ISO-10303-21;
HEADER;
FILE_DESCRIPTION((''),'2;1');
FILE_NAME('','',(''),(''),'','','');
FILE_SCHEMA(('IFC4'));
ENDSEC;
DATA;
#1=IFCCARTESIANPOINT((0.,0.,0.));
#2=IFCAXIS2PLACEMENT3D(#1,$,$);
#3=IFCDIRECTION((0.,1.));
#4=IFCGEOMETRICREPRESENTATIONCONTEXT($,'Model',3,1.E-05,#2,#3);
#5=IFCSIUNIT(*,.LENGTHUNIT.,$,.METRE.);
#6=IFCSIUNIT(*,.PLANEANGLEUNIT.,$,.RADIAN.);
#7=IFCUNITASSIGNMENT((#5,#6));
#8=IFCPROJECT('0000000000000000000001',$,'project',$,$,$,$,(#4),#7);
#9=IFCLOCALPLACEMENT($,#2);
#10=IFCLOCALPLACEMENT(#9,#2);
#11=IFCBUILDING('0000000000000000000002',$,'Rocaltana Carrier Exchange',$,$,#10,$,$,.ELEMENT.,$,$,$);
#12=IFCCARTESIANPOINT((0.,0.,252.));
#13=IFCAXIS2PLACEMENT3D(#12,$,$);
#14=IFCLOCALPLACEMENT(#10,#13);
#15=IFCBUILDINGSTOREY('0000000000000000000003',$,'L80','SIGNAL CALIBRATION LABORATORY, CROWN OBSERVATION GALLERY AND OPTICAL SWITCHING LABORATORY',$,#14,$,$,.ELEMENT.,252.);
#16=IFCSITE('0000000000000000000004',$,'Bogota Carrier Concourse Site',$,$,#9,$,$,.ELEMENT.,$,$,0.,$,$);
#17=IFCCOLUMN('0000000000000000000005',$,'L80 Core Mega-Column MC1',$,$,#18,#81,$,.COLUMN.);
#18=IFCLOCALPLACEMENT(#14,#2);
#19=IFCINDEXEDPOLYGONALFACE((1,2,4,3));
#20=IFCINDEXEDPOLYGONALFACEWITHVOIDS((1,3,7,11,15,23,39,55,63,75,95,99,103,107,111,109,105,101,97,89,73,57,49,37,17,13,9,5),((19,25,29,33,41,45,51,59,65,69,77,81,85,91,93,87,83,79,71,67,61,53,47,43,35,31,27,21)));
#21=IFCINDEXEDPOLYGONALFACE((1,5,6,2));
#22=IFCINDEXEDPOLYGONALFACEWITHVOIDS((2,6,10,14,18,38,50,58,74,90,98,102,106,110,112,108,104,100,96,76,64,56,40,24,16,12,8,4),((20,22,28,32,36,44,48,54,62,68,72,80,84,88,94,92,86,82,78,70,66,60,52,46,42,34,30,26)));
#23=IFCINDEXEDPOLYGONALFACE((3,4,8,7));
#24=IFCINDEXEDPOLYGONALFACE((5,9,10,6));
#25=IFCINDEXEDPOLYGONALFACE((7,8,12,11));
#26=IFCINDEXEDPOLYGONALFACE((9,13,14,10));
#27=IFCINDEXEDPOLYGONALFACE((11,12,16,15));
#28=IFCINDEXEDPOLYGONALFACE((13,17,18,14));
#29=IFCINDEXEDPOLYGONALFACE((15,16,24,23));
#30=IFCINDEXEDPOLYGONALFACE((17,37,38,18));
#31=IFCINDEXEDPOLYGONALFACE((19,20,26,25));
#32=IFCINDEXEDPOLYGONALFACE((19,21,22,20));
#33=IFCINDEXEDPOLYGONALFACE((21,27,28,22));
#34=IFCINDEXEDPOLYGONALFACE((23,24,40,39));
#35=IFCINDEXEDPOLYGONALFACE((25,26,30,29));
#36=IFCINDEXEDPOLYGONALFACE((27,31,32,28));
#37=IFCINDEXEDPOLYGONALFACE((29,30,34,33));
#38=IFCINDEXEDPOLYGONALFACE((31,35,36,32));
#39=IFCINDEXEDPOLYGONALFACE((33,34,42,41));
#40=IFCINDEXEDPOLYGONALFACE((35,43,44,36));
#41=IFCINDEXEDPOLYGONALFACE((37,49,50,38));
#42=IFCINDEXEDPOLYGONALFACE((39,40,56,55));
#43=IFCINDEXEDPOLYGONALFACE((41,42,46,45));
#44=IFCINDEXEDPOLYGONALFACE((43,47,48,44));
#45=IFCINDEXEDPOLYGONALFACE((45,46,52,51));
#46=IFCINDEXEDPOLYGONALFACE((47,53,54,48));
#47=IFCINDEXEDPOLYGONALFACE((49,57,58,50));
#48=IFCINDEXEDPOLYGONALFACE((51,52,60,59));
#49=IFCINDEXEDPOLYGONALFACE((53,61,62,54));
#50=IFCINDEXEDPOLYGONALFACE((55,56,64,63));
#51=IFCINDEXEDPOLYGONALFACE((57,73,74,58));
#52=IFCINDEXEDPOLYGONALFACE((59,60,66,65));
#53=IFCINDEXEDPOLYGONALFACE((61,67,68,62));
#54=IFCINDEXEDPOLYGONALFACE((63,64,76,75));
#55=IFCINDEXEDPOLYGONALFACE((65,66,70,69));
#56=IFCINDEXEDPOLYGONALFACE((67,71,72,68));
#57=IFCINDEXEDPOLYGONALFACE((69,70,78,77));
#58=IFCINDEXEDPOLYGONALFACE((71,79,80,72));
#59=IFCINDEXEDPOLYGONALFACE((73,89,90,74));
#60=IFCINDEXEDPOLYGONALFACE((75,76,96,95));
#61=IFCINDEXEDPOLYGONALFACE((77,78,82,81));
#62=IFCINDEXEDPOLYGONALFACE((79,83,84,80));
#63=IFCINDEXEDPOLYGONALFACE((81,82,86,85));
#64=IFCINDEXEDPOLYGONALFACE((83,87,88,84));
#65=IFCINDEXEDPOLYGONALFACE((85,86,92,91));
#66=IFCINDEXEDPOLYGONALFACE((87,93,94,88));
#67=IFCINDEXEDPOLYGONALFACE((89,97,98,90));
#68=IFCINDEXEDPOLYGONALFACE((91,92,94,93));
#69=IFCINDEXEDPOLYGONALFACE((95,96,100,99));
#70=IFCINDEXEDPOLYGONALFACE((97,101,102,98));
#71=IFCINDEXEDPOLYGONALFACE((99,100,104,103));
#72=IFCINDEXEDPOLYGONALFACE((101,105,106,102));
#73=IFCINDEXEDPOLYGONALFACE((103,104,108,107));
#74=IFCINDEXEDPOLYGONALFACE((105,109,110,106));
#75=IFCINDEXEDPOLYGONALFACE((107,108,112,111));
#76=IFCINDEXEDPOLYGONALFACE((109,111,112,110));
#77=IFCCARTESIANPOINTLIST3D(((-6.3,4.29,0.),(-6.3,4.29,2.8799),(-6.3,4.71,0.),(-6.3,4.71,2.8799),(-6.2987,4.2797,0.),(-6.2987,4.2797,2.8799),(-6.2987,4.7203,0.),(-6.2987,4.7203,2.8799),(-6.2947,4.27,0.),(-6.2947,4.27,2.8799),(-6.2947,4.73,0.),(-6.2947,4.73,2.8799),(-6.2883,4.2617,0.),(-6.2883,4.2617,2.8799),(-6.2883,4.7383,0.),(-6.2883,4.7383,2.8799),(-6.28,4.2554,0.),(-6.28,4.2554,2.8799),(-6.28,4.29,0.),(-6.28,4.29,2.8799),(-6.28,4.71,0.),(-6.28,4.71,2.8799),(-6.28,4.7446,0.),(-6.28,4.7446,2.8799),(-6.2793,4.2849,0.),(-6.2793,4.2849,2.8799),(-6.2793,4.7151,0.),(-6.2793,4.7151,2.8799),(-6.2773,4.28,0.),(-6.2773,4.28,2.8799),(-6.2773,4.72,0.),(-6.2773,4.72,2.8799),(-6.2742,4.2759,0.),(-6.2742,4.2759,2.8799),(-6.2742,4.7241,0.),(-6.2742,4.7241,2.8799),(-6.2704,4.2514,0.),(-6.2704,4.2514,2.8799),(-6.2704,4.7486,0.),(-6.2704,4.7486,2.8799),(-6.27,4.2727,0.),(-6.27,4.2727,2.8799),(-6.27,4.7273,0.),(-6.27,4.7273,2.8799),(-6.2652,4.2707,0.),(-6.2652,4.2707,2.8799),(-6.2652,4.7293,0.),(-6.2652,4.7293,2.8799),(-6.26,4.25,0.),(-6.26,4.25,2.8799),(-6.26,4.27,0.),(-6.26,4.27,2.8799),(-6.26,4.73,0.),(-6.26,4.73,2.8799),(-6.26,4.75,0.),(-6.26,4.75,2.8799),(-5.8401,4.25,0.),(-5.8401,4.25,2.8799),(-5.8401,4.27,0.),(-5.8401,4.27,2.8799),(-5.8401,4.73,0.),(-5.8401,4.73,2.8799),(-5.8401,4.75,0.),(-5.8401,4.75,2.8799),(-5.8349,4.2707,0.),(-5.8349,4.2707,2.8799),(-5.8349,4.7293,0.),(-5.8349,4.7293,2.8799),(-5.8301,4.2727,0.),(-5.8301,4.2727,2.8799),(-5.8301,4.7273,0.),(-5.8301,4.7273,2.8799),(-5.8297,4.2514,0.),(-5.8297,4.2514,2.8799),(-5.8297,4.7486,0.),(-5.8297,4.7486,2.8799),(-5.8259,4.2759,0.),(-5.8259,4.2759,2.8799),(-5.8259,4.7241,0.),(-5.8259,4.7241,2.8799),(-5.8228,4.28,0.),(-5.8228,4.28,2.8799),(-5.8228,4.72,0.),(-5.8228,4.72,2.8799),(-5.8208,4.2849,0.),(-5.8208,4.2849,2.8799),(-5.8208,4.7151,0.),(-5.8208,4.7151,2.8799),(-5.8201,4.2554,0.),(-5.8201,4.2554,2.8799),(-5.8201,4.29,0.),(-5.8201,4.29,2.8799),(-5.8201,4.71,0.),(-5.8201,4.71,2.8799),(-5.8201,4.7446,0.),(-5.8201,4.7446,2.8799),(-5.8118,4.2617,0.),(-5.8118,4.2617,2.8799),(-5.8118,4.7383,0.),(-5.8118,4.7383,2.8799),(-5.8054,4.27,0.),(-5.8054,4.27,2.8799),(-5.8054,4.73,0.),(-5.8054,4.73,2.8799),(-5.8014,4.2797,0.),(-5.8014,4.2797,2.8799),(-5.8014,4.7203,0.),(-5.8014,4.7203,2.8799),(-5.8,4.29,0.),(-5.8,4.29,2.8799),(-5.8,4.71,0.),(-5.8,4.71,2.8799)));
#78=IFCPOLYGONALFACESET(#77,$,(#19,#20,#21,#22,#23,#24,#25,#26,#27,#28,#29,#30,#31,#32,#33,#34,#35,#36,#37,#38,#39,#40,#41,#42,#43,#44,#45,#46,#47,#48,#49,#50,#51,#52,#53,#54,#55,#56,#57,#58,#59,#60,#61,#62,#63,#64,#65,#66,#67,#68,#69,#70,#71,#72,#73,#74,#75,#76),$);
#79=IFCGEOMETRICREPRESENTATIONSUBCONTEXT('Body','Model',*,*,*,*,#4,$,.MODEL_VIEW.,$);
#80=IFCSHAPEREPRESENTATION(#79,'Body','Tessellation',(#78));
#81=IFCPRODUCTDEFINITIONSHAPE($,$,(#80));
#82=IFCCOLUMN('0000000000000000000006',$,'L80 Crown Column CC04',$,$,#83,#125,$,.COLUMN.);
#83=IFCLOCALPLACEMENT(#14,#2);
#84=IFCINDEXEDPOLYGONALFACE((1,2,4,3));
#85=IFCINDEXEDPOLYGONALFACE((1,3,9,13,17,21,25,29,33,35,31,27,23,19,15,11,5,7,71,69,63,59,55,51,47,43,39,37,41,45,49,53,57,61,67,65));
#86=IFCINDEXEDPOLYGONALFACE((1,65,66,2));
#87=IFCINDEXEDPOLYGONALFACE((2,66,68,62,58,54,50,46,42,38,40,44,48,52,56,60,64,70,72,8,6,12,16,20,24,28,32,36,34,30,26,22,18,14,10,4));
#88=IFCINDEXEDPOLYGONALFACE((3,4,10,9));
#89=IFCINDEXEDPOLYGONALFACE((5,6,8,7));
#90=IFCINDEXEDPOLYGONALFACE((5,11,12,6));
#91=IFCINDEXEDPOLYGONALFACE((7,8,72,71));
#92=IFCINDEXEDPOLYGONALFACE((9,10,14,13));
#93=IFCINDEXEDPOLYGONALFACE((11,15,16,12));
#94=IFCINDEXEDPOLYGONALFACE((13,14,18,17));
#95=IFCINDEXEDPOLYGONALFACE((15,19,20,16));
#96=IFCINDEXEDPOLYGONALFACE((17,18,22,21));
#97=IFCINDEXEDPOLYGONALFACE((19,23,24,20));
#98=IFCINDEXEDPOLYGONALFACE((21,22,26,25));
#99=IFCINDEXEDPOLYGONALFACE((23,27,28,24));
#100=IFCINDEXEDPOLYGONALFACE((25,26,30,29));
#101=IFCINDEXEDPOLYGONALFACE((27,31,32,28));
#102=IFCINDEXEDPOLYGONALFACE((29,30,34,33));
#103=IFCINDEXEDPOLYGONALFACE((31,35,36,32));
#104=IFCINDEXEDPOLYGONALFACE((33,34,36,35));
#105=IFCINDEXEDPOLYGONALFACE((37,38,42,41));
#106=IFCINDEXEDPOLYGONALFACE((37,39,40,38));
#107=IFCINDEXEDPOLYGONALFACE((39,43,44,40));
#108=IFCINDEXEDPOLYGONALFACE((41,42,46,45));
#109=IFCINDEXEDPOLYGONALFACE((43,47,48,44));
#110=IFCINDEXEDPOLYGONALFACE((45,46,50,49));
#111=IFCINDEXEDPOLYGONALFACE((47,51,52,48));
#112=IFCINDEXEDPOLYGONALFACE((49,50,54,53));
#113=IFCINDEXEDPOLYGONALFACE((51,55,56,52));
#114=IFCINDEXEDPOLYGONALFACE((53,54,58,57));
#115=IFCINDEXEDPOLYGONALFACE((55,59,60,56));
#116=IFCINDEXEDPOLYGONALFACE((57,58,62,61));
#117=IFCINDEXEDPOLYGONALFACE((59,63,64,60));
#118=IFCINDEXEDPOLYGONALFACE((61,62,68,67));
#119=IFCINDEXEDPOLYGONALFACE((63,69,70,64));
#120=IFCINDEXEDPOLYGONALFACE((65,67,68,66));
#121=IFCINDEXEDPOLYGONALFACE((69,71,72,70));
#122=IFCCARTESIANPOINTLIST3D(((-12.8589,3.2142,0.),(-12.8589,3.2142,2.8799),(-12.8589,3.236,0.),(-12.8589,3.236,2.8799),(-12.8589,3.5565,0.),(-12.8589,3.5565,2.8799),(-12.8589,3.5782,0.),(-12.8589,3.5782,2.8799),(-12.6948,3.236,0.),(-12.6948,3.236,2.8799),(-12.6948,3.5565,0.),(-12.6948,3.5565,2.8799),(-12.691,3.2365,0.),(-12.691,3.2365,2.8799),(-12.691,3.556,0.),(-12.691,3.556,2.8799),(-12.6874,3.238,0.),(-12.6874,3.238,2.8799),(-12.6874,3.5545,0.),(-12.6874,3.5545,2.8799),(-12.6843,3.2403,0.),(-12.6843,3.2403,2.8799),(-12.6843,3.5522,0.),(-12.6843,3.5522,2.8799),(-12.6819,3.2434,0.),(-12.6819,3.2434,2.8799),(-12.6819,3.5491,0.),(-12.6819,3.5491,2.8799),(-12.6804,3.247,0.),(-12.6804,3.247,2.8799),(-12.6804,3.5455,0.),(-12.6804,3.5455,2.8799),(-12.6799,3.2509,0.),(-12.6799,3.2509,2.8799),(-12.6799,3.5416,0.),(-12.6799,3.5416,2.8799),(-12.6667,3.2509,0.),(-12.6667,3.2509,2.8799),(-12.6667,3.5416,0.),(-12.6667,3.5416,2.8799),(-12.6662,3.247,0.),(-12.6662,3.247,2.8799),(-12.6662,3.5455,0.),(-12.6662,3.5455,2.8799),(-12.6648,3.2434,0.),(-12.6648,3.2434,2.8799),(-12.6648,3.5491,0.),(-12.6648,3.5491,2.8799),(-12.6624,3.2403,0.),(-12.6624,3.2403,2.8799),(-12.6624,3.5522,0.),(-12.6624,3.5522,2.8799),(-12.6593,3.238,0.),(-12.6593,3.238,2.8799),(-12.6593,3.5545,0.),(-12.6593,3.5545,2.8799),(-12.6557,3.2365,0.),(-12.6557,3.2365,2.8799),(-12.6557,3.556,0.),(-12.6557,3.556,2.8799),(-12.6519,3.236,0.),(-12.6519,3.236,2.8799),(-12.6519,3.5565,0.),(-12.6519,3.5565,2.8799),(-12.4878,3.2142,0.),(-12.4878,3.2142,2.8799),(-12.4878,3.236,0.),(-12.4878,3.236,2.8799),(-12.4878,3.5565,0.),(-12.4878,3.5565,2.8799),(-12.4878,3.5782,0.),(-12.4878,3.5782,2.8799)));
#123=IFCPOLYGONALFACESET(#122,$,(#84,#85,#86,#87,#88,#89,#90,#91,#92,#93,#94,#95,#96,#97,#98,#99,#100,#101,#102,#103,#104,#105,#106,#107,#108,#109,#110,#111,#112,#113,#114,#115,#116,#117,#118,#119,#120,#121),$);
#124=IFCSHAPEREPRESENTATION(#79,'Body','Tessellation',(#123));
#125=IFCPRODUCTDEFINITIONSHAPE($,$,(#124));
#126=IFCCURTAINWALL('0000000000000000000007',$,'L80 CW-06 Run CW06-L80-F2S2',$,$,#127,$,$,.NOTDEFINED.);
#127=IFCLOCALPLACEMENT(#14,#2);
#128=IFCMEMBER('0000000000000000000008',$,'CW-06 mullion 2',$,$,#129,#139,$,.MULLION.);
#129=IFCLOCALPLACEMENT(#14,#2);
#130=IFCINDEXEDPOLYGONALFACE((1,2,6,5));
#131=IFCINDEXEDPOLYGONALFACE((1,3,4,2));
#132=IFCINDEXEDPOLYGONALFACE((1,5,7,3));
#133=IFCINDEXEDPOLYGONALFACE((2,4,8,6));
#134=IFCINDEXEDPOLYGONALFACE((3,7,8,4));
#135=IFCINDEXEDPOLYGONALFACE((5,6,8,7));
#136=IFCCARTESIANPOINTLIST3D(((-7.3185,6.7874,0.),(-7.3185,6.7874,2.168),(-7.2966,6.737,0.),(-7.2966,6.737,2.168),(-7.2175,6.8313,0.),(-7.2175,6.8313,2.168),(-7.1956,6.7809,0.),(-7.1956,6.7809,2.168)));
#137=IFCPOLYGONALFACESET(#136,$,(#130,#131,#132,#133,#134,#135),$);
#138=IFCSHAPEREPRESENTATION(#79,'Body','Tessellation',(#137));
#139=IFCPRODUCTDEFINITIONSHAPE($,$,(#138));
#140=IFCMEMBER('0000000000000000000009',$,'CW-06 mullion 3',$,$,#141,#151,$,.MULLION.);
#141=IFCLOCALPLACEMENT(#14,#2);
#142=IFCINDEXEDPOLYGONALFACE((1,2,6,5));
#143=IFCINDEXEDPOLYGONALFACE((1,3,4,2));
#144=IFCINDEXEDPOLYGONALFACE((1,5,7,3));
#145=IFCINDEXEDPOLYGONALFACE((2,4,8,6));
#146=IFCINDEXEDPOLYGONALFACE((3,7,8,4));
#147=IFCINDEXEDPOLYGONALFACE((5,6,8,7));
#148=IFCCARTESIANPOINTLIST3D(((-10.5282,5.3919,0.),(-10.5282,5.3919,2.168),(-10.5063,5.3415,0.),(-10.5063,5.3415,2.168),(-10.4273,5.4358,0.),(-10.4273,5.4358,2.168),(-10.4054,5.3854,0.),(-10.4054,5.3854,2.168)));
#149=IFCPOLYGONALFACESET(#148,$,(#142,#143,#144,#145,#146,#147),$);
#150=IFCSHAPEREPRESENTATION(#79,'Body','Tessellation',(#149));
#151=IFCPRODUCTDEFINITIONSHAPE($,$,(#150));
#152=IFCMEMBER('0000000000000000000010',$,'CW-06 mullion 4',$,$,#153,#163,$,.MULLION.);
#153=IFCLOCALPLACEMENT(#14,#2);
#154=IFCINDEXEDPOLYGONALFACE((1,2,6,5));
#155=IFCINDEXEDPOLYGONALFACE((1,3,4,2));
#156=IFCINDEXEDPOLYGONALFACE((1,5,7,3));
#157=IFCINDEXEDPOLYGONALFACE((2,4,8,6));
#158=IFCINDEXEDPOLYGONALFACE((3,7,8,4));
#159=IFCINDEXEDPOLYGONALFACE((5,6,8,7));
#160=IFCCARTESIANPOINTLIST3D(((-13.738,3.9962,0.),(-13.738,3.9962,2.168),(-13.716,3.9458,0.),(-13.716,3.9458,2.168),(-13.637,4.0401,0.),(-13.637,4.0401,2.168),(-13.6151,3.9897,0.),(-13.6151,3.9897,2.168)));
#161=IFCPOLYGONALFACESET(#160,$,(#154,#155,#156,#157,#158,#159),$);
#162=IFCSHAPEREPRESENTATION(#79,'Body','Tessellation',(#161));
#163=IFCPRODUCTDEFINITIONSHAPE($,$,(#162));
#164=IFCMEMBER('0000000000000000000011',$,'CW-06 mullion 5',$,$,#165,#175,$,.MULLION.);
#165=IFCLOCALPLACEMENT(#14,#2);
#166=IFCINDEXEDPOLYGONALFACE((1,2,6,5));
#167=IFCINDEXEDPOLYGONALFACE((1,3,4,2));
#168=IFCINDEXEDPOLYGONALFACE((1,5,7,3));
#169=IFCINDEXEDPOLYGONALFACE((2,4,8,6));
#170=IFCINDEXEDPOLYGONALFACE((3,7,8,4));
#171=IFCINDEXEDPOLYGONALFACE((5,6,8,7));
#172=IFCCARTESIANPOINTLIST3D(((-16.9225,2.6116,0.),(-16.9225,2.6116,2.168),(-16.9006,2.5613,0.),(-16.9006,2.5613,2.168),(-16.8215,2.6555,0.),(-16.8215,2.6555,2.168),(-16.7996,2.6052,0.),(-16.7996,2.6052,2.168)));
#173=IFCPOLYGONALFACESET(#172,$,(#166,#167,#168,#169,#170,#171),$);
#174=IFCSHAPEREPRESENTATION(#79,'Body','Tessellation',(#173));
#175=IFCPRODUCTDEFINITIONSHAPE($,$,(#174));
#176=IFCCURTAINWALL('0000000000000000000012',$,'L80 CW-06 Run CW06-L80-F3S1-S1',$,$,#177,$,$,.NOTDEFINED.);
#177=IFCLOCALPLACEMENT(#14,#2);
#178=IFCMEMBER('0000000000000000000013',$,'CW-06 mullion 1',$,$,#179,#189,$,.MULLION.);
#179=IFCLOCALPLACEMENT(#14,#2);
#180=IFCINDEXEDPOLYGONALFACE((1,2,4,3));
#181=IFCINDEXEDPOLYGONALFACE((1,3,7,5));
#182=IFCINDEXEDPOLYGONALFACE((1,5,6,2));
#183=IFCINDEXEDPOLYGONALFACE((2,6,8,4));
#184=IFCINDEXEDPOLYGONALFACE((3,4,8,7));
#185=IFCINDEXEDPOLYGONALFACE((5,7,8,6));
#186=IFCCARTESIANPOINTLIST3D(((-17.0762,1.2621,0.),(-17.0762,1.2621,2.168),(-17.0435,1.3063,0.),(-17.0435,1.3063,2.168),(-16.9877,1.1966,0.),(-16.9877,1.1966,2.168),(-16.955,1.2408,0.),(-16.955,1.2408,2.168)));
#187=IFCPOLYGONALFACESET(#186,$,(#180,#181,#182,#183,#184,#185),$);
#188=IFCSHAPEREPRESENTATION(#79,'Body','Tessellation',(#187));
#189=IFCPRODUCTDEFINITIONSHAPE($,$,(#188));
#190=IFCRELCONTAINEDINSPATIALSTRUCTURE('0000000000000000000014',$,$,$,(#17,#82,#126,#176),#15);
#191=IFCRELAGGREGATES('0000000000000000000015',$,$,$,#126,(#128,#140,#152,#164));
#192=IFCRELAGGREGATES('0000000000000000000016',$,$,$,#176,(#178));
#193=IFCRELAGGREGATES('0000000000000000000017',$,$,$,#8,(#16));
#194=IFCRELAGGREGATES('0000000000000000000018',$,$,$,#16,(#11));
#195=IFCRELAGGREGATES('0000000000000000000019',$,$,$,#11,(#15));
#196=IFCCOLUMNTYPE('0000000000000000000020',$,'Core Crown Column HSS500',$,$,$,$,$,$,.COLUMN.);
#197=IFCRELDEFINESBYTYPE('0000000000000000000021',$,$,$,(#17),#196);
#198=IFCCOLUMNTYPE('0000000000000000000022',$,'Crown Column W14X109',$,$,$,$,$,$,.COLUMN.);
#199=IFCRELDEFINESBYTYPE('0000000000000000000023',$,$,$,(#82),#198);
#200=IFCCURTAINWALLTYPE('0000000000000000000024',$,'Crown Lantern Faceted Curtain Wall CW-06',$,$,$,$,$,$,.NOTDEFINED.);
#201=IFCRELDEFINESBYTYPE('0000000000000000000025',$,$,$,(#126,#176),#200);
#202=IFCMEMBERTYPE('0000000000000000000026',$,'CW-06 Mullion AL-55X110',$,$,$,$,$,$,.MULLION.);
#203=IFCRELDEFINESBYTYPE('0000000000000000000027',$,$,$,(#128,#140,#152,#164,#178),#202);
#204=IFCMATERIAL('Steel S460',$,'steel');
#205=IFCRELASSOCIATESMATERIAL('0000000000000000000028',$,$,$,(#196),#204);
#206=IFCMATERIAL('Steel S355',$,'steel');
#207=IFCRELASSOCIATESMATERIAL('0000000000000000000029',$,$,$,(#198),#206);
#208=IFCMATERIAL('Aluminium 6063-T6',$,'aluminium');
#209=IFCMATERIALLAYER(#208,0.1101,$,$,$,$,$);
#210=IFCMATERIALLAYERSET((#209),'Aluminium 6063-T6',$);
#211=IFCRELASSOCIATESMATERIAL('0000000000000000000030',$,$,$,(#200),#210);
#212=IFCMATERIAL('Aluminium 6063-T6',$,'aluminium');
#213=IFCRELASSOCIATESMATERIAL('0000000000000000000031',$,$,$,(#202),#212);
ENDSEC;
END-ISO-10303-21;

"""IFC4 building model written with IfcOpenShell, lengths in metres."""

from ifc_helpers import new_model, si_unit, direction, frame, origin, origin_2d, place, context, subcontext, project, spatial, rectangle, hollow_rectangle, i_section, extrude, material, layer, layer_set, material_profile, profile_set, type_object, element, aggregate, save


model = new_model("IFC4")

# Units and contexts
model_context = context("Model", 3, precision=1e-05, world=origin(), true_north=direction((0.0, 1.0)))
body_context = subcontext(model_context, "Body", "Model", "MODEL_VIEW")
ifc_project = project(units=[si_unit("LENGTHUNIT", "METRE"), si_unit("PLANEANGLEUNIT", "RADIAN")], contexts=[model_context])

# Site, building, storey
site_placement = place(None, origin())
site = spatial("IfcSite", under=ifc_project, at=site_placement, Name="Bogota Carrier Concourse Site", CompositionType="ELEMENT", RefElevation=0.0)
building_placement = place(site_placement, origin())
building = spatial("IfcBuilding", under=site, at=building_placement, Name="Rocaltana Carrier Exchange", CompositionType="ELEMENT")
storey_placement = place(building_placement, frame((0.0, 0.0, 252.0)))
storey = spatial("IfcBuildingStorey", under=building, at=storey_placement, Name="L80", Description="SIGNAL CALIBRATION LABORATORY, CROWN OBSERVATION GALLERY AND OPTICAL SWITCHING LABORATORY", CompositionType="ELEMENT", Elevation=252.0)

# Columns
ifc_material_1 = material(Name="Steel S460", Category="steel")
ifc_material_profile_1 = material_profile(ifc_material_1, hollow_rectangle(XDim=0.5, YDim=0.5, WallThickness=0.02, InnerFilletRadius=0.02, OuterFilletRadius=0.04, at=origin_2d()), Name="HSS500X500X20")
ifc_profile_set_1 = profile_set([ifc_material_profile_1], Name="Steel S460")
column_type_1 = type_object("IfcColumnType", Name="Core Crown Column HSS500", PredefinedType="COLUMN", material=ifc_profile_set_1)
column_1_placement = place(storey_placement, frame((-6.05, 4.5, 0.0), z_axis=(0.0, 0.0, 1.0), x_axis=(1.0, 0.0, 0.0)))
element("IfcColumn", 1, at=column_1_placement, inside=storey, type_object=column_type_1, Name="L80 Core Mega-Column MC1", PredefinedType="COLUMN", context=body_context, shape_type="SweptSolid", body=[
    extrude(hollow_rectangle(XDim=0.5, YDim=0.5, WallThickness=0.02, InnerFilletRadius=0.02, OuterFilletRadius=0.04, at=origin_2d()), origin(), (0.0, 0.0, 1.0), 2.8799),
])
ifc_material_2 = material(Name="Steel S355", Category="steel")
ifc_material_profile_2 = material_profile(ifc_material_2, i_section(OverallWidth=0.3711, OverallDepth=0.364, WebThickness=0.0132, FlangeThickness=0.0217, FilletRadius=0.0149, at=origin_2d()), Name="W14X109")
ifc_profile_set_2 = profile_set([ifc_material_profile_2], Name="Steel S355")
column_type_2 = type_object("IfcColumnType", Name="Crown Column W14X109", PredefinedType="COLUMN", material=ifc_profile_set_2)
column_2_placement = place(storey_placement, frame((-12.6733, 3.3962, 0.0), z_axis=(0.0, 0.0, 1.0), x_axis=(1.0, 0.0, 0.0)))
element("IfcColumn", 2, at=column_2_placement, inside=storey, type_object=column_type_2, Name="L80 Crown Column CC04", PredefinedType="COLUMN", context=body_context, shape_type="SweptSolid", body=[
    extrude(i_section(OverallWidth=0.3711, OverallDepth=0.364, WebThickness=0.0132, FlangeThickness=0.0217, FilletRadius=0.0149, at=origin_2d()), origin(), (0.0, 0.0, 1.0), 2.8799),
])

# Curtain wall, members
ifc_material_3 = material(Name="Aluminium 6063-T6", Category="aluminium")
ifc_layer_1 = layer(ifc_material_3, 0.1101)
ifc_layer_set_1 = layer_set([ifc_layer_1], Name="Aluminium 6063-T6")
curtain_wall_type = type_object("IfcCurtainWallType", Name="Crown Lantern Faceted Curtain Wall CW-06", PredefinedType="NOTDEFINED", material=ifc_layer_set_1)
curtain_wall_1_placement = place(storey_placement, origin())
curtain_wall_1 = element("IfcCurtainWall", 3, at=curtain_wall_1_placement, inside=storey, type_object=curtain_wall_type, Name="L80 CW-06 Run CW06-L80-F2S2", PredefinedType="NOTDEFINED")
ifc_material_4 = material(Name="Aluminium 6063-T6", Category="aluminium")
ifc_material_profile_3 = material_profile(ifc_material_4, rectangle(XDim=0.0549, YDim=0.1101, at=origin_2d()), Name="AL-55X110")
ifc_profile_set_3 = profile_set([ifc_material_profile_3], Name="Aluminium 6063-T6")
member_type_1 = type_object("IfcMemberType", Name="CW-06 Mullion AL-55X110", PredefinedType="MULLION", material=ifc_profile_set_3)
member_1_placement = place(storey_placement, frame((-7.2571, 6.7842, 0.0), z_axis=(0.0, 0.0, 1.0), x_axis=(0.398748, -0.91706, 0.0)))
member_1 = element("IfcMember", 4, at=member_1_placement, type_object=member_type_1, Name="CW-06 mullion 2", PredefinedType="MULLION", context=body_context, shape_type="SweptSolid", body=[
    extrude(rectangle(XDim=0.0549, YDim=0.1101, at=origin_2d()), origin(), (0.0, 0.0, 1.0), 2.168),
])
member_2_placement = place(storey_placement, frame((-10.4668, 5.3887, 0.0), z_axis=(0.0, 0.0, 1.0), x_axis=(0.398748, -0.91706, 0.0)))
member_2 = element("IfcMember", 5, at=member_2_placement, type_object=member_type_1, Name="CW-06 mullion 3", PredefinedType="MULLION", context=body_context, shape_type="SweptSolid", body=[
    extrude(rectangle(XDim=0.0549, YDim=0.1101, at=origin_2d()), origin(), (0.0, 0.0, 1.0), 2.168),
])
member_3_placement = place(storey_placement, frame((-13.6765, 3.9929, 0.0), z_axis=(0.0, 0.0, 1.0), x_axis=(0.398748, -0.91706, 0.0)))
member_3 = element("IfcMember", 6, at=member_3_placement, type_object=member_type_1, Name="CW-06 mullion 4", PredefinedType="MULLION", context=body_context, shape_type="SweptSolid", body=[
    extrude(rectangle(XDim=0.0549, YDim=0.1101, at=origin_2d()), origin(), (0.0, 0.0, 1.0), 2.168),
])
member_4_placement = place(storey_placement, frame((-16.8611, 2.6084, 0.0), z_axis=(0.0, 0.0, 1.0), x_axis=(0.398748, -0.91706, 0.0)))
member_4 = element("IfcMember", 7, at=member_4_placement, type_object=member_type_1, Name="CW-06 mullion 5", PredefinedType="MULLION", context=body_context, shape_type="SweptSolid", body=[
    extrude(rectangle(XDim=0.0549, YDim=0.1101, at=origin_2d()), origin(), (0.0, 0.0, 1.0), 2.168),
])

# Curtain wall, member
curtain_wall_2_placement = place(storey_placement, origin())
curtain_wall_2 = element("IfcCurtainWall", 8, at=curtain_wall_2_placement, inside=storey, type_object=curtain_wall_type, Name="L80 CW-06 Run CW06-L80-F3S1-S1", PredefinedType="NOTDEFINED")
member_5_placement = place(storey_placement, frame((-17.0156, 1.2515, 0.0), z_axis=(0.0, 0.0, 1.0), x_axis=(0.594839, 0.803845, 0.0)))
member_5 = element("IfcMember", 9, at=member_5_placement, type_object=member_type_1, Name="CW-06 mullion 1", PredefinedType="MULLION", context=body_context, shape_type="SweptSolid", body=[
    extrude(rectangle(XDim=0.0549, YDim=0.1101, at=origin_2d()), origin(), (0.0, 0.0, 1.0), 2.168),
])

aggregate(curtain_wall_1, [member_1, member_2, member_3, member_4])
aggregate(curtain_wall_2, [member_5])

save(model, "model.ifc")
